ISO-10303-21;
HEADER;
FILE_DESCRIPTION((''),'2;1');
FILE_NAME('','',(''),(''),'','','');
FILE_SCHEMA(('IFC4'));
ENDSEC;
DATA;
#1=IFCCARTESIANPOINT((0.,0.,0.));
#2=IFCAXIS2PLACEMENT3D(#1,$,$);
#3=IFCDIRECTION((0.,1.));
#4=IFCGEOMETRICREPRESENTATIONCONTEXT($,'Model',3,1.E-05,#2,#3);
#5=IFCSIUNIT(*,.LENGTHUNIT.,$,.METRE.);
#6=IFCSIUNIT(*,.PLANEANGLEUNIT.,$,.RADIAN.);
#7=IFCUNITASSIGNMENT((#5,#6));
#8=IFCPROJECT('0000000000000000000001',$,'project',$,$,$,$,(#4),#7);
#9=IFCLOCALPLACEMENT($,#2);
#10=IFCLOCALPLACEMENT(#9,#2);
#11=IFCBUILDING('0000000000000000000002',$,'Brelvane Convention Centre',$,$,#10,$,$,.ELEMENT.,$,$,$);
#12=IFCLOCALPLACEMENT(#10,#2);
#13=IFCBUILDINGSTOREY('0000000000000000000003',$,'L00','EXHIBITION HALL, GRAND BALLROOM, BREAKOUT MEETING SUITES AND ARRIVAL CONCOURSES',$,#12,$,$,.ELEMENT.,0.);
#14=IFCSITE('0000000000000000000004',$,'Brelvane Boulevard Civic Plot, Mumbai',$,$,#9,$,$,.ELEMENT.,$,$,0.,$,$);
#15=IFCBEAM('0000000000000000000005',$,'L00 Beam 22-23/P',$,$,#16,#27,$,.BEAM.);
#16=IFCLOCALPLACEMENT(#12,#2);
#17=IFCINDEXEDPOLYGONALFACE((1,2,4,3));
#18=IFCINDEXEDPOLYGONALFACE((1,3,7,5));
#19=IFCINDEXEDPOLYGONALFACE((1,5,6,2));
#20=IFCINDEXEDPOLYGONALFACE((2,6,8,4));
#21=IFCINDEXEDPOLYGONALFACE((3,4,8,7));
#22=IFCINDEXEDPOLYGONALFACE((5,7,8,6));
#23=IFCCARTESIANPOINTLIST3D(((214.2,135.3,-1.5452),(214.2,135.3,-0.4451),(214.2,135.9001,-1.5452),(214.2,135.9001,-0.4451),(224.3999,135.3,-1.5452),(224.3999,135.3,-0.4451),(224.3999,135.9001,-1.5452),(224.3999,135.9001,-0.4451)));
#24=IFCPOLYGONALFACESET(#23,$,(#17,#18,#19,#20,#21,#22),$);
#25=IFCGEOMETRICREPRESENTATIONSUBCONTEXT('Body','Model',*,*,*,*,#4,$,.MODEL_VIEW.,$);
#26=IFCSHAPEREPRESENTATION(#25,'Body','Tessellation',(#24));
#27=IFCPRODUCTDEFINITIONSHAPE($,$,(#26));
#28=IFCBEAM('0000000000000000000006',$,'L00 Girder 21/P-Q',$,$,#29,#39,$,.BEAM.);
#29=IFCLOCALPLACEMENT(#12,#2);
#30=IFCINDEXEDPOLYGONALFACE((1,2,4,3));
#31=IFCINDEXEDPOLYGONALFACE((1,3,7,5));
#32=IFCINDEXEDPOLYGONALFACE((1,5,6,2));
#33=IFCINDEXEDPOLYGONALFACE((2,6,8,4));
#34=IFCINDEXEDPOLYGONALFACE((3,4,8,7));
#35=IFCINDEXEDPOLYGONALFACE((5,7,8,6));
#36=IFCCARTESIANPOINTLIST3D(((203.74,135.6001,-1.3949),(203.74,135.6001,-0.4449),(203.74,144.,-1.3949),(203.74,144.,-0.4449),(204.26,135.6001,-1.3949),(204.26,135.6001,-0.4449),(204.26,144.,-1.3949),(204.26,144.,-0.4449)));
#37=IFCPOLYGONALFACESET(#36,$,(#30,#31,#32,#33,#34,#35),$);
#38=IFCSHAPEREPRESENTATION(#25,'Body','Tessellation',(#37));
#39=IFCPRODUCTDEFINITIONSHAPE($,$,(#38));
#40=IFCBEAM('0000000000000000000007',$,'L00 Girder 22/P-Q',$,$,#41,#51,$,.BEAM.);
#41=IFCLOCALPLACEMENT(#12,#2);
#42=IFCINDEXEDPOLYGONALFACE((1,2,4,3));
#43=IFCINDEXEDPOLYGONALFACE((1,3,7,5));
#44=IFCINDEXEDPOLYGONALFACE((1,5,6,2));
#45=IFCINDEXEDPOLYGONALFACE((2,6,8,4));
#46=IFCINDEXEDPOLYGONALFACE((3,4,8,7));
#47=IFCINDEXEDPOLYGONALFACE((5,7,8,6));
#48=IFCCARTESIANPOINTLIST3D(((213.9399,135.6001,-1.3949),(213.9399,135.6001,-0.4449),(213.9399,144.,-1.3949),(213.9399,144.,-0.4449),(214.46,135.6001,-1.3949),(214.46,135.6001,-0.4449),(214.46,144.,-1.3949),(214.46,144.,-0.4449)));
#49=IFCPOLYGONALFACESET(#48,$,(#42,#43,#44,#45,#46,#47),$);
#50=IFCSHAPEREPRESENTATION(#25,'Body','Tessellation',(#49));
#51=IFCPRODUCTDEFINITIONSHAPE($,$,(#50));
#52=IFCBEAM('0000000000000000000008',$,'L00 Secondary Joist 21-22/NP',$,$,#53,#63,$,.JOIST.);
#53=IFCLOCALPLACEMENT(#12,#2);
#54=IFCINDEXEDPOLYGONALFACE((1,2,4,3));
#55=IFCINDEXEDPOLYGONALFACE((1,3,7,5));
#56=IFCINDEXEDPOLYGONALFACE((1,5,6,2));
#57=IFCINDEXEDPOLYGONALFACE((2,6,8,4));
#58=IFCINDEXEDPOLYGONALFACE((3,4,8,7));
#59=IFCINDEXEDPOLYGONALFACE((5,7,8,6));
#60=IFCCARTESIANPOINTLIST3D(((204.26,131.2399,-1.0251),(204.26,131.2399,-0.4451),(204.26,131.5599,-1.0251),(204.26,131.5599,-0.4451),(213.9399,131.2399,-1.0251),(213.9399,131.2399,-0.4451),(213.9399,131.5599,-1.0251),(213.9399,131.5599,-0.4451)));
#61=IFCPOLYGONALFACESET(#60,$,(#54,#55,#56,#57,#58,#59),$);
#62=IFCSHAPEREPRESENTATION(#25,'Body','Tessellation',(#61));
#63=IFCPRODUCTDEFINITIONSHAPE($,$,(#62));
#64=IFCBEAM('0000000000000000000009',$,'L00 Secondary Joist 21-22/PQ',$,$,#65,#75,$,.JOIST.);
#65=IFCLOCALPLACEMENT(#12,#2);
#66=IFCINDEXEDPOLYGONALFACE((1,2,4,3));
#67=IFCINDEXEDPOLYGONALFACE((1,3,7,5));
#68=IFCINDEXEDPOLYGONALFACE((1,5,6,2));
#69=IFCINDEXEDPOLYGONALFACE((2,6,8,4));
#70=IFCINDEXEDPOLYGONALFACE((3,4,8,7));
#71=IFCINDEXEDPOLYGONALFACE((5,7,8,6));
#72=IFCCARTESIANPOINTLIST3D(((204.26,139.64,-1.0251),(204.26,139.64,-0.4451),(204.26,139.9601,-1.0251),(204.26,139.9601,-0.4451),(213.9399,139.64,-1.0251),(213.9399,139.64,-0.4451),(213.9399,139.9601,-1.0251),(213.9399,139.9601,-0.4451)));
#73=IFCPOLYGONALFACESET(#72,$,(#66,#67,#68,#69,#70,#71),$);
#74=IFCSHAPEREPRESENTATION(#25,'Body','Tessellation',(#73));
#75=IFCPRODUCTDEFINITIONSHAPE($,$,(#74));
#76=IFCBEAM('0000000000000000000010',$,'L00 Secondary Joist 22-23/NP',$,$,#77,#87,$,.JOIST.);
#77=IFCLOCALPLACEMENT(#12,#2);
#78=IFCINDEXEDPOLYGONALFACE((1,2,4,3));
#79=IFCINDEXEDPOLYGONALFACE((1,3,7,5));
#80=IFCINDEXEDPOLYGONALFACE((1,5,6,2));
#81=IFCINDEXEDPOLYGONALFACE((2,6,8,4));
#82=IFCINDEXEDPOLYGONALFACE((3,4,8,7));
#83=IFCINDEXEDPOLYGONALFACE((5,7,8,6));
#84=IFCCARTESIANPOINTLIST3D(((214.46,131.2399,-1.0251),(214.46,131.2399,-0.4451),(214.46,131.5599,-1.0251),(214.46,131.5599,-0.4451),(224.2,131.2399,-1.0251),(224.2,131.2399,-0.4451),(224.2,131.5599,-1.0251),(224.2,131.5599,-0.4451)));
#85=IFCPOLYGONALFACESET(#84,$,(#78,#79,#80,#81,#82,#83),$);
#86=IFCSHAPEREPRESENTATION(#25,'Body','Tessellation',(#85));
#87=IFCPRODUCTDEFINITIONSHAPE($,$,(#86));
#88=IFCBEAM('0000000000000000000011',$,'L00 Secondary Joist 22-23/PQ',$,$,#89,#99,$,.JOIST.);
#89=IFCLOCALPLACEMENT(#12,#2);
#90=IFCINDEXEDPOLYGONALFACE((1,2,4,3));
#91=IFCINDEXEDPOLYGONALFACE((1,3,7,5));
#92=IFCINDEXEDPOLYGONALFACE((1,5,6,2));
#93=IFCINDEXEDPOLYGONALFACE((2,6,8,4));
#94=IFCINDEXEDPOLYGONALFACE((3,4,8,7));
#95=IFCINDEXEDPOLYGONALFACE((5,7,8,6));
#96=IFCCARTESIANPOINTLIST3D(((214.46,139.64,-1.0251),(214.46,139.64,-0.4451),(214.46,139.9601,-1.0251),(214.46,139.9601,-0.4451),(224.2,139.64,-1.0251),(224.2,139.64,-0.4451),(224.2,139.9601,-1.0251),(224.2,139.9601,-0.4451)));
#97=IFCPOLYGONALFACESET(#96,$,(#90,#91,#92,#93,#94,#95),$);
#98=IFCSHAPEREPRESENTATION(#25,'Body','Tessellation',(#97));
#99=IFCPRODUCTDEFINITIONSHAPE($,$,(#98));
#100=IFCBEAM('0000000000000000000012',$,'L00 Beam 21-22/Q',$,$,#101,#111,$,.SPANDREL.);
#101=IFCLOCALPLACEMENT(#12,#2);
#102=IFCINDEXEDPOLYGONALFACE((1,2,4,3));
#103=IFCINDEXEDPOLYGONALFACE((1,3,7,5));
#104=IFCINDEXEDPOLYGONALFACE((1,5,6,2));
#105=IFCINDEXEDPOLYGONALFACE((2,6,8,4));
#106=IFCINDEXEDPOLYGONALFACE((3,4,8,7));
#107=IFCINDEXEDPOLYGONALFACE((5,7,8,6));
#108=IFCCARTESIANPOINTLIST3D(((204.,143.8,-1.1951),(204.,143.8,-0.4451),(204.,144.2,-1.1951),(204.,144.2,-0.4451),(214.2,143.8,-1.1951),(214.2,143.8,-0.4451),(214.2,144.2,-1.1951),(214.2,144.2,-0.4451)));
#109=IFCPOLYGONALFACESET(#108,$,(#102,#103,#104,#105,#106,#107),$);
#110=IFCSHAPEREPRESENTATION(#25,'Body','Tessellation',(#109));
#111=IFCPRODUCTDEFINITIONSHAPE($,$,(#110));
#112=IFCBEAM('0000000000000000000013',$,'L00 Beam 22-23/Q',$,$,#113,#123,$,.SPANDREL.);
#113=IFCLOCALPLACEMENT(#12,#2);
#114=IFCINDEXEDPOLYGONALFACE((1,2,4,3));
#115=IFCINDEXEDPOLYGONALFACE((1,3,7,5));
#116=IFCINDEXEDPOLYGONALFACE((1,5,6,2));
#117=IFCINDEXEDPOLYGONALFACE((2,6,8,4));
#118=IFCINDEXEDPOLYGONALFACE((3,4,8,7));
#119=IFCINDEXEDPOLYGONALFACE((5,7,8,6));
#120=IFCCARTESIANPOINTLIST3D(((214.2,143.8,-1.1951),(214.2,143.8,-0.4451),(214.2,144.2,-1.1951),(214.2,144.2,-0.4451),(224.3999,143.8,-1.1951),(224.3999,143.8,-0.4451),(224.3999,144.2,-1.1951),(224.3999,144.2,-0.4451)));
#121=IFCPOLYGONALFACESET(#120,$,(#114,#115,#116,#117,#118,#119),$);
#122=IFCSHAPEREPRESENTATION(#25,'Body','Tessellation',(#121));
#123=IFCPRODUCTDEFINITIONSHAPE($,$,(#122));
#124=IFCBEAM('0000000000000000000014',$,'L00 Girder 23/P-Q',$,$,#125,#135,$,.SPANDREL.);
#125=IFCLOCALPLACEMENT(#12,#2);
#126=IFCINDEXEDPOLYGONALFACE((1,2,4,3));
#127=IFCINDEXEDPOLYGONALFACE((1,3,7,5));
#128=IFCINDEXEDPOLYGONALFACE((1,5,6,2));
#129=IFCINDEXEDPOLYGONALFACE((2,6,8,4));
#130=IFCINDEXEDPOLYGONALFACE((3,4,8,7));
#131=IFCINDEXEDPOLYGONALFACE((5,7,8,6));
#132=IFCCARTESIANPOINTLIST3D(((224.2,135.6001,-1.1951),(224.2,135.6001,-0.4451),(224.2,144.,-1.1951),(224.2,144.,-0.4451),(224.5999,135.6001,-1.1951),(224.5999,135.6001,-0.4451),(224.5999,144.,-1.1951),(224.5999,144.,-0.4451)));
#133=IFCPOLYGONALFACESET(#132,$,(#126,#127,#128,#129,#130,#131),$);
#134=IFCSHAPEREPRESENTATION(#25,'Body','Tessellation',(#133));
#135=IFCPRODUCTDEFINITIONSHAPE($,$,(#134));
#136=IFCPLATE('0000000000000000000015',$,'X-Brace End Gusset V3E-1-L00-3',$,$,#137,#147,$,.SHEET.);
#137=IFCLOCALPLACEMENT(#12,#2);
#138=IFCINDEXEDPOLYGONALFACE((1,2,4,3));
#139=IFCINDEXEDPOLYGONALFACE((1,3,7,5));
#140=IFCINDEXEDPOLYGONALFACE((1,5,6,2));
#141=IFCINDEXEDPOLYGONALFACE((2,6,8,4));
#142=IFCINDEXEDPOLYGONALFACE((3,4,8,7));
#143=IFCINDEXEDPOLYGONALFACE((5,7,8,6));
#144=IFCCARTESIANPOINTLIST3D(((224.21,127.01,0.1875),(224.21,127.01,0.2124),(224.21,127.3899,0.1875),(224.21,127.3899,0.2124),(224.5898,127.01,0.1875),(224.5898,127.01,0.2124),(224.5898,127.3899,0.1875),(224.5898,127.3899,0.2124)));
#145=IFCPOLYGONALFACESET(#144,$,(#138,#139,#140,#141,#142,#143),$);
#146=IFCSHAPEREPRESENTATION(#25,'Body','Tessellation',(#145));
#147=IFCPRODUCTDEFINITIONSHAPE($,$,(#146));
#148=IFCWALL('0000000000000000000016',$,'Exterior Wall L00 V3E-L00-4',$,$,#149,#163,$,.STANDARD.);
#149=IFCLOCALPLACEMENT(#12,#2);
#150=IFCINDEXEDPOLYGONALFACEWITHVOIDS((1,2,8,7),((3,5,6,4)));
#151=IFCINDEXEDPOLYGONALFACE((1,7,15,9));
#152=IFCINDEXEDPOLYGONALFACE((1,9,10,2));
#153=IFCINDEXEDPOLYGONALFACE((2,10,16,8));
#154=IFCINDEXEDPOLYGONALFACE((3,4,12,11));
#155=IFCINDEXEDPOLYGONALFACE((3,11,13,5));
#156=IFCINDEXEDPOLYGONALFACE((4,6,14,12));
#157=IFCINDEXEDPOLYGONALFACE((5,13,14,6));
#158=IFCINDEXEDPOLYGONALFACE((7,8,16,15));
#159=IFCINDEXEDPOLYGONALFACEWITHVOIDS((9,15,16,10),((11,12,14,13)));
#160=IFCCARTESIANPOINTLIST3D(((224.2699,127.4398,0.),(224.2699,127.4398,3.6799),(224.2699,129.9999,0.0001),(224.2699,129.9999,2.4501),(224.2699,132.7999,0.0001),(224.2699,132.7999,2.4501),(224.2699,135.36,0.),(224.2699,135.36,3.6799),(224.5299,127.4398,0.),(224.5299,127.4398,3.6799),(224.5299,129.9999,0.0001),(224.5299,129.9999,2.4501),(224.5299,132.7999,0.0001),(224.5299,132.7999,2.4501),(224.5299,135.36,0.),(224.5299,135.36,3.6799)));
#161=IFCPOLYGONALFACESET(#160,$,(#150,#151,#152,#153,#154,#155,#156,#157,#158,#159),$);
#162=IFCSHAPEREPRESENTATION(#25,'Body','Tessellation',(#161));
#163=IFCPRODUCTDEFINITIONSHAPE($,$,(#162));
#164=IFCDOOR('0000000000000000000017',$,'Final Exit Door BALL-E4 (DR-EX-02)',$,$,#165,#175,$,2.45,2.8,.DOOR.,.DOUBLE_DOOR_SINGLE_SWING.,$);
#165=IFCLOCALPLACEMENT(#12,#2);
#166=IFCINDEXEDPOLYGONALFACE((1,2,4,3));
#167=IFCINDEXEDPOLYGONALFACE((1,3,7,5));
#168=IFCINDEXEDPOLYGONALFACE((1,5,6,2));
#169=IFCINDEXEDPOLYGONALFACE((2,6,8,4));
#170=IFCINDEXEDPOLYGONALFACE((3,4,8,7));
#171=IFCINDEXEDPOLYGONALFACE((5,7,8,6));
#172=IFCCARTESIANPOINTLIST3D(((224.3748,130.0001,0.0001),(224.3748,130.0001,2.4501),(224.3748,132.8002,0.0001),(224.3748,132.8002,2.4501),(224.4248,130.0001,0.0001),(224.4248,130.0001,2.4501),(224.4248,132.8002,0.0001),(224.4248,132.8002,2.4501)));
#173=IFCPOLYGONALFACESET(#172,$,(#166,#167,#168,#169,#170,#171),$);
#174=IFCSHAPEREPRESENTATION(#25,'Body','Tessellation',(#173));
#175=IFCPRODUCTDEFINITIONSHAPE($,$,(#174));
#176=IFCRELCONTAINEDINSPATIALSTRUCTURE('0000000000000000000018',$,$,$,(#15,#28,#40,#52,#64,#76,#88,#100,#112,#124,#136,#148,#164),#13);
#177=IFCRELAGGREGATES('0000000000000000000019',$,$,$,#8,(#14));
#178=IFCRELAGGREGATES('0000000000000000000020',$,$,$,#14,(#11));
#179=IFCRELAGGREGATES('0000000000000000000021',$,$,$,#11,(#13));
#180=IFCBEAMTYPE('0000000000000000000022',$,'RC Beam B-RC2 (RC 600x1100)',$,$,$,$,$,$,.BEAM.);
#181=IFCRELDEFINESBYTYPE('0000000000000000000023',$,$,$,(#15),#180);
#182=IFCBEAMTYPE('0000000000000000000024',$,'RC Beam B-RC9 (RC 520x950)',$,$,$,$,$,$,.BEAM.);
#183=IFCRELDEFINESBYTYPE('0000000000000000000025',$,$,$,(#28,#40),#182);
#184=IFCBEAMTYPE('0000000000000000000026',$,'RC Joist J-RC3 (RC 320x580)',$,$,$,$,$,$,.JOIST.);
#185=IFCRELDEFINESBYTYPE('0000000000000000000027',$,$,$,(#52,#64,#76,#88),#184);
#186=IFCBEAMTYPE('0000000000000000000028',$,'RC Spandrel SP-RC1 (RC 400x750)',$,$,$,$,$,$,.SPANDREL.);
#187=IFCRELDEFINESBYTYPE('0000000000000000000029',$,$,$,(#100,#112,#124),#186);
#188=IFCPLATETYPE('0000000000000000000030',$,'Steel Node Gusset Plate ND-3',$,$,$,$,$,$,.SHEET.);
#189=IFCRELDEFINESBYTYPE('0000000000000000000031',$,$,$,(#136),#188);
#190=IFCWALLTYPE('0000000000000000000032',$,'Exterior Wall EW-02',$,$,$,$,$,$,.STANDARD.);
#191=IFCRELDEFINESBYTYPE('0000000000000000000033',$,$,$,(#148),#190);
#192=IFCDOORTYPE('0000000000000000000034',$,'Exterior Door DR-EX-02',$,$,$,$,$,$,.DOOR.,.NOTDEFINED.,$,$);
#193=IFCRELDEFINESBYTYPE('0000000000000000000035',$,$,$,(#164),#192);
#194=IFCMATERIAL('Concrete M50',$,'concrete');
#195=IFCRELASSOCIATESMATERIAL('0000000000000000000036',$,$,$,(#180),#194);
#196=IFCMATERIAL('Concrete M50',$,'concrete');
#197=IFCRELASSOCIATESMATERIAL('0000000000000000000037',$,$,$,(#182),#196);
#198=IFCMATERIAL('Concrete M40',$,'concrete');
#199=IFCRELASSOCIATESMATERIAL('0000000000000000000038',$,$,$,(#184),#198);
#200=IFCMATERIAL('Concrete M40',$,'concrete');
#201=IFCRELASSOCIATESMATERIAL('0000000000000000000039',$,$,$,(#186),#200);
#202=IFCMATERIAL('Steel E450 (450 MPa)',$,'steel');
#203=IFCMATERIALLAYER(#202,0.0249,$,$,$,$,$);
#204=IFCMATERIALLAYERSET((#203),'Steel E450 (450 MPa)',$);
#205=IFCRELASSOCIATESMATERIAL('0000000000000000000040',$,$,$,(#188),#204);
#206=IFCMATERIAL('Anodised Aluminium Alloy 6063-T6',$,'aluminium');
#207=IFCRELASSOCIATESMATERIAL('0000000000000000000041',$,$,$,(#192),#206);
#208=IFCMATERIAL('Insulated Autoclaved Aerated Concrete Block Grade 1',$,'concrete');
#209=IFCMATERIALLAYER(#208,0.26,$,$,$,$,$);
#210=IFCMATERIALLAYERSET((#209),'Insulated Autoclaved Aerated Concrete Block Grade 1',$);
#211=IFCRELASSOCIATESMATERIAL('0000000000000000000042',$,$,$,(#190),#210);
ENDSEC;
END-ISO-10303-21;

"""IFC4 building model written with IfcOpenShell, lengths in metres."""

from ifc_helpers import new_model, si_unit, direction, frame, frame_2d, origin, origin_2d, place, context, subcontext, project, spatial, rectangle, extrude, material, layer, layer_set, material_profile, profile_set, type_object, element, fill, save


model = new_model("IFC4")

# Units and contexts
model_context = context("Model", 3, precision=1e-05, world=origin(), true_north=direction((0.0, 1.0)))
body_context = subcontext(model_context, "Body", "Model", "MODEL_VIEW")
ifc_project = project(units=[si_unit("LENGTHUNIT", "METRE"), si_unit("PLANEANGLEUNIT", "RADIAN")], contexts=[model_context])

# Site, building, storey
site_placement = place(None, origin())
site = spatial("IfcSite", under=ifc_project, at=site_placement, Name="Brelvane Boulevard Civic Plot, Mumbai", CompositionType="ELEMENT", RefElevation=0.0)
building_placement = place(site_placement, origin())
building = spatial("IfcBuilding", under=site, at=building_placement, Name="Brelvane Convention Centre", CompositionType="ELEMENT")
storey_placement = place(building_placement, origin())
storey = spatial("IfcBuildingStorey", under=building, at=storey_placement, Name="L00", Description="EXHIBITION HALL, GRAND BALLROOM, BREAKOUT MEETING SUITES AND ARRIVAL CONCOURSES", CompositionType="ELEMENT", Elevation=0.0)

# Beams
ifc_material_1 = material(Name="Concrete M50", Category="concrete")
ifc_material_profile_1 = material_profile(ifc_material_1, rectangle(XDim=0.6001, YDim=1.1001, at=origin_2d()), Name="RC 600x1100")
ifc_profile_set_1 = profile_set([ifc_material_profile_1], Name="Concrete M50")
beam_type_1 = type_object("IfcBeamType", Name="RC Beam B-RC2 (RC 600x1100)", PredefinedType="BEAM", material=ifc_profile_set_1)
for number, where, z_axis, x_axis, name in (
    (1, (214.2, 135.6001, -0.9951), (1.0, 0.0, 0.0), (0.0, 1.0, 0.0), "L00 Beam 22-23/P"),
):
    element("IfcBeam", number, at=place(storey_placement, frame(where, z_axis=z_axis, x_axis=x_axis)), inside=storey, type_object=beam_type_1, Name=name, PredefinedType="BEAM", context=body_context, shape_type="SweptSolid", body=[
        extrude(rectangle(XDim=0.6001, YDim=1.1001, at=origin_2d()), origin(), (0.0, 0.0, 1.0), 10.2),
    ])
ifc_material_2 = material(Name="Concrete M50", Category="concrete")
ifc_material_profile_2 = material_profile(ifc_material_2, rectangle(XDim=0.52, YDim=0.95, at=origin_2d()), Name="RC 520x950")
ifc_profile_set_2 = profile_set([ifc_material_profile_2], Name="Concrete M50")
beam_type_2 = type_object("IfcBeamType", Name="RC Beam B-RC9 (RC 520x950)", PredefinedType="BEAM", material=ifc_profile_set_2)
for number, where, z_axis, x_axis, name in (
    (2, (204.0, 135.6001, -0.9199), (0.0, 1.0, 0.0), (-1.0, 0.0, 0.0), "L00 Girder 21/P-Q"),
    (3, (214.2, 135.6001, -0.9199), (0.0, 1.0, 0.0), (-1.0, 0.0, 0.0), "L00 Girder 22/P-Q"),
):
    element("IfcBeam", number, at=place(storey_placement, frame(where, z_axis=z_axis, x_axis=x_axis)), inside=storey, type_object=beam_type_2, Name=name, PredefinedType="BEAM", context=body_context, shape_type="SweptSolid", body=[
        extrude(rectangle(XDim=0.52, YDim=0.95, at=origin_2d()), origin(), (0.0, 0.0, 1.0), 8.3999),
    ])
ifc_material_3 = material(Name="Concrete M40", Category="concrete")
ifc_material_profile_3 = material_profile(ifc_material_3, rectangle(XDim=0.3201, YDim=0.5801, at=origin_2d()), Name="RC 320x580")
ifc_profile_set_3 = profile_set([ifc_material_profile_3], Name="Concrete M40")
beam_type_3 = type_object("IfcBeamType", Name="RC Joist J-RC3 (RC 320x580)", PredefinedType="JOIST", material=ifc_profile_set_3)
for number, where, z_axis, x_axis, name in (
    (4, (204.26, 131.3999, -0.7351), (1.0, 0.0, 0.0), (0.0, 1.0, 0.0), "L00 Secondary Joist 21-22/NP"),
    (5, (204.26, 139.8, -0.7351), (1.0, 0.0, 0.0), (0.0, 1.0, 0.0), "L00 Secondary Joist 21-22/PQ"),
):
    element("IfcBeam", number, at=place(storey_placement, frame(where, z_axis=z_axis, x_axis=x_axis)), inside=storey, type_object=beam_type_3, Name=name, PredefinedType="JOIST", context=body_context, shape_type="SweptSolid", body=[
        extrude(rectangle(XDim=0.3201, YDim=0.5801, at=origin_2d()), origin(), (0.0, 0.0, 1.0), 9.6799),
    ])
for number, where, z_axis, x_axis, name in (
    (6, (214.46, 131.3999, -0.7351), (1.0, 0.0, 0.0), (0.0, 1.0, 0.0), "L00 Secondary Joist 22-23/NP"),
    (7, (214.46, 139.8, -0.7351), (1.0, 0.0, 0.0), (0.0, 1.0, 0.0), "L00 Secondary Joist 22-23/PQ"),
):
    element("IfcBeam", number, at=place(storey_placement, frame(where, z_axis=z_axis, x_axis=x_axis)), inside=storey, type_object=beam_type_3, Name=name, PredefinedType="JOIST", context=body_context, shape_type="SweptSolid", body=[
        extrude(rectangle(XDim=0.3201, YDim=0.5801, at=origin_2d()), origin(), (0.0, 0.0, 1.0), 9.74),
    ])
ifc_material_4 = material(Name="Concrete M40", Category="concrete")
ifc_material_profile_4 = material_profile(ifc_material_4, rectangle(XDim=0.3999, YDim=0.75, at=origin_2d()), Name="RC 400x750")
ifc_profile_set_4 = profile_set([ifc_material_profile_4], Name="Concrete M40")
beam_type_4 = type_object("IfcBeamType", Name="RC Spandrel SP-RC1 (RC 400x750)", PredefinedType="SPANDREL", material=ifc_profile_set_4)
for number, where, z_axis, x_axis, name in (
    (8, (204.0, 144.0, -0.8201), (1.0, 0.0, 0.0), (0.0, 1.0, 0.0), "L00 Beam 21-22/Q"),
    (9, (214.2, 144.0, -0.8201), (1.0, 0.0, 0.0), (0.0, 1.0, 0.0), "L00 Beam 22-23/Q"),
):
    element("IfcBeam", number, at=place(storey_placement, frame(where, z_axis=z_axis, x_axis=x_axis)), inside=storey, type_object=beam_type_4, Name=name, PredefinedType="SPANDREL", context=body_context, shape_type="SweptSolid", body=[
        extrude(rectangle(XDim=0.3999, YDim=0.75, at=origin_2d()), origin(), (0.0, 0.0, 1.0), 10.2),
    ])
beam_placement = place(storey_placement, frame((224.3999, 135.6001, -0.8201), z_axis=(0.0, 1.0, 0.0), x_axis=(-1.0, 0.0, 0.0)))
element("IfcBeam", 10, at=beam_placement, inside=storey, type_object=beam_type_4, Name="L00 Girder 23/P-Q", PredefinedType="SPANDREL", context=body_context, shape_type="SweptSolid", body=[
    extrude(rectangle(XDim=0.3999, YDim=0.75, at=origin_2d()), origin(), (0.0, 0.0, 1.0), 8.3999),
])

# Plate
ifc_material_5 = material(Name="Steel E450 (450 MPa)", Category="steel")
ifc_layer_1 = layer(ifc_material_5, 0.0249)
ifc_layer_set_1 = layer_set([ifc_layer_1], Name="Steel E450 (450 MPa)")
plate_type = type_object("IfcPlateType", Name="Steel Node Gusset Plate ND-3", PredefinedType="SHEET", material=ifc_layer_set_1)
plate_placement = place(storey_placement, frame((224.3999, 127.2, 0.1875), z_axis=(0.0, 0.0, 1.0), x_axis=(1.0, 0.0, 0.0)))
element("IfcPlate", 11, at=plate_placement, inside=storey, type_object=plate_type, Name="X-Brace End Gusset V3E-1-L00-3", PredefinedType="SHEET", context=body_context, shape_type="SweptSolid", body=[
    extrude(rectangle(XDim=0.3799, YDim=0.3799, at=origin_2d()), origin(), (0.0, 0.0, 1.0), 0.0249),
])

# Shared definitions
ifc_material_6 = material(Name="Anodised Aluminium Alloy 6063-T6", Category="aluminium")
door_type_1 = type_object("IfcDoorType", Name="Exterior Door DR-EX-02", OperationType="NOTDEFINED", PredefinedType="DOOR", material=ifc_material_6)

# Wall, opening, door
ifc_material_7 = material(Name="Insulated Autoclaved Aerated Concrete Block Grade 1", Category="concrete")
ifc_layer_2 = layer(ifc_material_7, 0.26)
ifc_layer_set_2 = layer_set([ifc_layer_2], Name="Insulated Autoclaved Aerated Concrete Block Grade 1")
wall_type_1 = type_object("IfcWallType", Name="Exterior Wall EW-02", PredefinedType="STANDARD", material=ifc_layer_set_2)
wall_1_placement = place(storey_placement, frame((224.3999, 127.4399, 0.0), z_axis=(0.0, 0.0, 1.0), x_axis=(0.0, 1.0, 0.0)))
wall_1 = element("IfcWall", 12, at=wall_1_placement, inside=storey, type_object=wall_type_1, Name="Exterior Wall L00 V3E-L00-4", PredefinedType="STANDARD", context=body_context, shape_type="SweptSolid", body=[
    extrude(rectangle(XDim=7.9202, YDim=0.26, at=frame_2d((3.96, 0.0))), origin(), (0.0, 0.0, 1.0), 3.6799),
])
opening_1_placement = place(wall_1_placement, frame((2.5601, 0.0, 0.0)))
opening_1 = element("IfcOpeningElement", 13, at=opening_1_placement, cuts=wall_1, PredefinedType="OPENING", context=body_context, shape_type="SweptSolid", body=[
    extrude(rectangle(XDim=2.8, YDim=2.45, at=frame_2d((1.3999, 1.2251))), frame((0.0, 0.1399, 0.0), z_axis=(0.0, -1.0, 0.0), x_axis=(1.0, 0.0, 0.0)), (0.0, 0.0, 1.0), 0.28),
])
door_1_placement = place(opening_1_placement, frame((2.8, 0.0, 0.0), z_axis=(0.0, 0.0, 1.0), x_axis=(-1.0, 0.0, 0.0)))
door_1 = element("IfcDoor", 14, at=door_1_placement, inside=storey, type_object=door_type_1, Name="Final Exit Door BALL-E4 (DR-EX-02)", OperationType="DOUBLE_DOOR_SINGLE_SWING", OverallHeight=2.45, OverallWidth=2.8, PredefinedType="DOOR", context=body_context, shape_type="SweptSolid", body=[
    extrude(rectangle(XDim=2.8, YDim=2.45, at=frame_2d((1.3999, 1.2251))), frame((0.0, 0.0249, 0.0), z_axis=(0.0, -1.0, 0.0), x_axis=(1.0, 0.0, 0.0)), (0.0, 0.0, 1.0), 0.05),
])
fill(opening_1, door_1)

save(model, "model.ifc")
